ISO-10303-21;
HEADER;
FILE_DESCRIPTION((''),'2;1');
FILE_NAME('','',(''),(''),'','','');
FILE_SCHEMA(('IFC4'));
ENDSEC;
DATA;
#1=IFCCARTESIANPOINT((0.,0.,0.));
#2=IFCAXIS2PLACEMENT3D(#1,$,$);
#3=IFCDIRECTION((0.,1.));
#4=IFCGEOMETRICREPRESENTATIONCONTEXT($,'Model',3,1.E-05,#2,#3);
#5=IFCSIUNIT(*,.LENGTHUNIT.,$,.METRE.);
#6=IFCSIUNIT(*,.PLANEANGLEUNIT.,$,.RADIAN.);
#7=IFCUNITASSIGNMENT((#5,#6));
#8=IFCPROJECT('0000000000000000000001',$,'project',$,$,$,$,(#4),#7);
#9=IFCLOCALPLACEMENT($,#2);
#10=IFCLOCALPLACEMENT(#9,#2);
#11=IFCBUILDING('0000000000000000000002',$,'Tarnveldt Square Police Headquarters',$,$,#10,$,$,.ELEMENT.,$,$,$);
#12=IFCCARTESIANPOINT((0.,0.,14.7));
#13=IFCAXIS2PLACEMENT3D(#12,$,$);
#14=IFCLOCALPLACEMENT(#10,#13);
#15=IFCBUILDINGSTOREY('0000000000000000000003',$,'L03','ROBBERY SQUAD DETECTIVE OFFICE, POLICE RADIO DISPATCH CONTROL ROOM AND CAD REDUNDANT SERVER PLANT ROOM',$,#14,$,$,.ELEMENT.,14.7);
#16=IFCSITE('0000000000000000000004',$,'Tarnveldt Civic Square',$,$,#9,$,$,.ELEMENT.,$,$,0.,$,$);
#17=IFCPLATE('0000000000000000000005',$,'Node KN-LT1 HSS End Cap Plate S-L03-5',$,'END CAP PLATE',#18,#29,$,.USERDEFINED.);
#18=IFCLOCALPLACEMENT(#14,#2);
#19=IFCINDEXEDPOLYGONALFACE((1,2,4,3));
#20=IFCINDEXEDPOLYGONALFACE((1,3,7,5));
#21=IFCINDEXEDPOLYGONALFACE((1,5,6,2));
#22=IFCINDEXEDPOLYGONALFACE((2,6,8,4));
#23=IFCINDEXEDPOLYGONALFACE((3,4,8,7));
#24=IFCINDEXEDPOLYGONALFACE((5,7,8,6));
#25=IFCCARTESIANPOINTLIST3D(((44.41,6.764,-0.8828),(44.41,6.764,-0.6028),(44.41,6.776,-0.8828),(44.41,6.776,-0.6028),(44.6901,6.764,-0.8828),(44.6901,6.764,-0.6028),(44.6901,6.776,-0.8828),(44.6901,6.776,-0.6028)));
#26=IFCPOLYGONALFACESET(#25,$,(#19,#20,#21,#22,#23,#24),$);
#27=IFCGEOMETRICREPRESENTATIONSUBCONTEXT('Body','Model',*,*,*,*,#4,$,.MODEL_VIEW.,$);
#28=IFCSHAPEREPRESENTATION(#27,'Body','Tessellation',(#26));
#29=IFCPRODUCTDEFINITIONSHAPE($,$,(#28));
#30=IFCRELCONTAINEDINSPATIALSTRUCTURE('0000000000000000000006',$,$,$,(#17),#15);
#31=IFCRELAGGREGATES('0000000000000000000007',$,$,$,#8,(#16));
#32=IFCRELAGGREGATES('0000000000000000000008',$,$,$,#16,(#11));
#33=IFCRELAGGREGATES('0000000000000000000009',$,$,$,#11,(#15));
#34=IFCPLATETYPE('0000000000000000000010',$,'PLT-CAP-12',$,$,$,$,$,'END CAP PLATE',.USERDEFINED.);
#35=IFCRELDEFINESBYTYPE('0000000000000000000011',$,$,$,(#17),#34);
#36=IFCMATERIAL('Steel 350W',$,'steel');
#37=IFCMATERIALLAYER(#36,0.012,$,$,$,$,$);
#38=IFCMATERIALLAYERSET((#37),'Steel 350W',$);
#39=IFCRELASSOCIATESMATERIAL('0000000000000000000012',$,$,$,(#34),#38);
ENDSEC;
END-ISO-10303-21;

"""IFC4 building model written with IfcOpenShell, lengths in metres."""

from ifc_helpers import new_model, si_unit, direction, frame, origin, origin_2d, place, context, subcontext, project, spatial, rectangle, extrude, material, layer, layer_set, type_object, element, save


model = new_model("IFC4")

# Units and contexts
model_context = context("Model", 3, precision=1e-05, world=origin(), true_north=direction((0.0, 1.0)))
body_context = subcontext(model_context, "Body", "Model", "MODEL_VIEW")
ifc_project = project(units=[si_unit("LENGTHUNIT", "METRE"), si_unit("PLANEANGLEUNIT", "RADIAN")], contexts=[model_context])

# Site, building, storey
site_placement = place(None, origin())
site = spatial("IfcSite", under=ifc_project, at=site_placement, Name="Tarnveldt Civic Square", CompositionType="ELEMENT", RefElevation=0.0)
building_placement = place(site_placement, origin())
building = spatial("IfcBuilding", under=site, at=building_placement, Name="Tarnveldt Square Police Headquarters", CompositionType="ELEMENT")
storey_placement = place(building_placement, frame((0.0, 0.0, 14.7)))
storey = spatial("IfcBuildingStorey", under=building, at=storey_placement, Name="L03", Description="ROBBERY SQUAD DETECTIVE OFFICE, POLICE RADIO DISPATCH CONTROL ROOM AND CAD REDUNDANT SERVER PLANT ROOM", CompositionType="ELEMENT", Elevation=14.7)

# Shared definitions
ifc_material_1 = material(Name="Steel 350W", Category="steel")

# Plate
ifc_layer_1 = layer(ifc_material_1, 0.012)
ifc_layer_set_1 = layer_set([ifc_layer_1], Name="Steel 350W")
plate_type_1 = type_object("IfcPlateType", Name="PLT-CAP-12", ElementType="END CAP PLATE", PredefinedType="USERDEFINED", material=ifc_layer_set_1)
plate_1_placement = place(storey_placement, frame((44.55, 6.77, -0.8828), z_axis=(0.0, 0.0, 1.0), x_axis=(1.0, 0.0, 0.0)))
element("IfcPlate", 1, at=plate_1_placement, inside=storey, type_object=plate_type_1, Name="Node KN-LT1 HSS End Cap Plate S-L03-5", ObjectType="END CAP PLATE", PredefinedType="USERDEFINED", context=body_context, shape_type="SweptSolid", body=[
    extrude(rectangle(XDim=0.28, YDim=0.012, at=origin_2d()), origin(), (0.0, 0.0, 1.0), 0.28),
])

save(model, "model.ifc")
